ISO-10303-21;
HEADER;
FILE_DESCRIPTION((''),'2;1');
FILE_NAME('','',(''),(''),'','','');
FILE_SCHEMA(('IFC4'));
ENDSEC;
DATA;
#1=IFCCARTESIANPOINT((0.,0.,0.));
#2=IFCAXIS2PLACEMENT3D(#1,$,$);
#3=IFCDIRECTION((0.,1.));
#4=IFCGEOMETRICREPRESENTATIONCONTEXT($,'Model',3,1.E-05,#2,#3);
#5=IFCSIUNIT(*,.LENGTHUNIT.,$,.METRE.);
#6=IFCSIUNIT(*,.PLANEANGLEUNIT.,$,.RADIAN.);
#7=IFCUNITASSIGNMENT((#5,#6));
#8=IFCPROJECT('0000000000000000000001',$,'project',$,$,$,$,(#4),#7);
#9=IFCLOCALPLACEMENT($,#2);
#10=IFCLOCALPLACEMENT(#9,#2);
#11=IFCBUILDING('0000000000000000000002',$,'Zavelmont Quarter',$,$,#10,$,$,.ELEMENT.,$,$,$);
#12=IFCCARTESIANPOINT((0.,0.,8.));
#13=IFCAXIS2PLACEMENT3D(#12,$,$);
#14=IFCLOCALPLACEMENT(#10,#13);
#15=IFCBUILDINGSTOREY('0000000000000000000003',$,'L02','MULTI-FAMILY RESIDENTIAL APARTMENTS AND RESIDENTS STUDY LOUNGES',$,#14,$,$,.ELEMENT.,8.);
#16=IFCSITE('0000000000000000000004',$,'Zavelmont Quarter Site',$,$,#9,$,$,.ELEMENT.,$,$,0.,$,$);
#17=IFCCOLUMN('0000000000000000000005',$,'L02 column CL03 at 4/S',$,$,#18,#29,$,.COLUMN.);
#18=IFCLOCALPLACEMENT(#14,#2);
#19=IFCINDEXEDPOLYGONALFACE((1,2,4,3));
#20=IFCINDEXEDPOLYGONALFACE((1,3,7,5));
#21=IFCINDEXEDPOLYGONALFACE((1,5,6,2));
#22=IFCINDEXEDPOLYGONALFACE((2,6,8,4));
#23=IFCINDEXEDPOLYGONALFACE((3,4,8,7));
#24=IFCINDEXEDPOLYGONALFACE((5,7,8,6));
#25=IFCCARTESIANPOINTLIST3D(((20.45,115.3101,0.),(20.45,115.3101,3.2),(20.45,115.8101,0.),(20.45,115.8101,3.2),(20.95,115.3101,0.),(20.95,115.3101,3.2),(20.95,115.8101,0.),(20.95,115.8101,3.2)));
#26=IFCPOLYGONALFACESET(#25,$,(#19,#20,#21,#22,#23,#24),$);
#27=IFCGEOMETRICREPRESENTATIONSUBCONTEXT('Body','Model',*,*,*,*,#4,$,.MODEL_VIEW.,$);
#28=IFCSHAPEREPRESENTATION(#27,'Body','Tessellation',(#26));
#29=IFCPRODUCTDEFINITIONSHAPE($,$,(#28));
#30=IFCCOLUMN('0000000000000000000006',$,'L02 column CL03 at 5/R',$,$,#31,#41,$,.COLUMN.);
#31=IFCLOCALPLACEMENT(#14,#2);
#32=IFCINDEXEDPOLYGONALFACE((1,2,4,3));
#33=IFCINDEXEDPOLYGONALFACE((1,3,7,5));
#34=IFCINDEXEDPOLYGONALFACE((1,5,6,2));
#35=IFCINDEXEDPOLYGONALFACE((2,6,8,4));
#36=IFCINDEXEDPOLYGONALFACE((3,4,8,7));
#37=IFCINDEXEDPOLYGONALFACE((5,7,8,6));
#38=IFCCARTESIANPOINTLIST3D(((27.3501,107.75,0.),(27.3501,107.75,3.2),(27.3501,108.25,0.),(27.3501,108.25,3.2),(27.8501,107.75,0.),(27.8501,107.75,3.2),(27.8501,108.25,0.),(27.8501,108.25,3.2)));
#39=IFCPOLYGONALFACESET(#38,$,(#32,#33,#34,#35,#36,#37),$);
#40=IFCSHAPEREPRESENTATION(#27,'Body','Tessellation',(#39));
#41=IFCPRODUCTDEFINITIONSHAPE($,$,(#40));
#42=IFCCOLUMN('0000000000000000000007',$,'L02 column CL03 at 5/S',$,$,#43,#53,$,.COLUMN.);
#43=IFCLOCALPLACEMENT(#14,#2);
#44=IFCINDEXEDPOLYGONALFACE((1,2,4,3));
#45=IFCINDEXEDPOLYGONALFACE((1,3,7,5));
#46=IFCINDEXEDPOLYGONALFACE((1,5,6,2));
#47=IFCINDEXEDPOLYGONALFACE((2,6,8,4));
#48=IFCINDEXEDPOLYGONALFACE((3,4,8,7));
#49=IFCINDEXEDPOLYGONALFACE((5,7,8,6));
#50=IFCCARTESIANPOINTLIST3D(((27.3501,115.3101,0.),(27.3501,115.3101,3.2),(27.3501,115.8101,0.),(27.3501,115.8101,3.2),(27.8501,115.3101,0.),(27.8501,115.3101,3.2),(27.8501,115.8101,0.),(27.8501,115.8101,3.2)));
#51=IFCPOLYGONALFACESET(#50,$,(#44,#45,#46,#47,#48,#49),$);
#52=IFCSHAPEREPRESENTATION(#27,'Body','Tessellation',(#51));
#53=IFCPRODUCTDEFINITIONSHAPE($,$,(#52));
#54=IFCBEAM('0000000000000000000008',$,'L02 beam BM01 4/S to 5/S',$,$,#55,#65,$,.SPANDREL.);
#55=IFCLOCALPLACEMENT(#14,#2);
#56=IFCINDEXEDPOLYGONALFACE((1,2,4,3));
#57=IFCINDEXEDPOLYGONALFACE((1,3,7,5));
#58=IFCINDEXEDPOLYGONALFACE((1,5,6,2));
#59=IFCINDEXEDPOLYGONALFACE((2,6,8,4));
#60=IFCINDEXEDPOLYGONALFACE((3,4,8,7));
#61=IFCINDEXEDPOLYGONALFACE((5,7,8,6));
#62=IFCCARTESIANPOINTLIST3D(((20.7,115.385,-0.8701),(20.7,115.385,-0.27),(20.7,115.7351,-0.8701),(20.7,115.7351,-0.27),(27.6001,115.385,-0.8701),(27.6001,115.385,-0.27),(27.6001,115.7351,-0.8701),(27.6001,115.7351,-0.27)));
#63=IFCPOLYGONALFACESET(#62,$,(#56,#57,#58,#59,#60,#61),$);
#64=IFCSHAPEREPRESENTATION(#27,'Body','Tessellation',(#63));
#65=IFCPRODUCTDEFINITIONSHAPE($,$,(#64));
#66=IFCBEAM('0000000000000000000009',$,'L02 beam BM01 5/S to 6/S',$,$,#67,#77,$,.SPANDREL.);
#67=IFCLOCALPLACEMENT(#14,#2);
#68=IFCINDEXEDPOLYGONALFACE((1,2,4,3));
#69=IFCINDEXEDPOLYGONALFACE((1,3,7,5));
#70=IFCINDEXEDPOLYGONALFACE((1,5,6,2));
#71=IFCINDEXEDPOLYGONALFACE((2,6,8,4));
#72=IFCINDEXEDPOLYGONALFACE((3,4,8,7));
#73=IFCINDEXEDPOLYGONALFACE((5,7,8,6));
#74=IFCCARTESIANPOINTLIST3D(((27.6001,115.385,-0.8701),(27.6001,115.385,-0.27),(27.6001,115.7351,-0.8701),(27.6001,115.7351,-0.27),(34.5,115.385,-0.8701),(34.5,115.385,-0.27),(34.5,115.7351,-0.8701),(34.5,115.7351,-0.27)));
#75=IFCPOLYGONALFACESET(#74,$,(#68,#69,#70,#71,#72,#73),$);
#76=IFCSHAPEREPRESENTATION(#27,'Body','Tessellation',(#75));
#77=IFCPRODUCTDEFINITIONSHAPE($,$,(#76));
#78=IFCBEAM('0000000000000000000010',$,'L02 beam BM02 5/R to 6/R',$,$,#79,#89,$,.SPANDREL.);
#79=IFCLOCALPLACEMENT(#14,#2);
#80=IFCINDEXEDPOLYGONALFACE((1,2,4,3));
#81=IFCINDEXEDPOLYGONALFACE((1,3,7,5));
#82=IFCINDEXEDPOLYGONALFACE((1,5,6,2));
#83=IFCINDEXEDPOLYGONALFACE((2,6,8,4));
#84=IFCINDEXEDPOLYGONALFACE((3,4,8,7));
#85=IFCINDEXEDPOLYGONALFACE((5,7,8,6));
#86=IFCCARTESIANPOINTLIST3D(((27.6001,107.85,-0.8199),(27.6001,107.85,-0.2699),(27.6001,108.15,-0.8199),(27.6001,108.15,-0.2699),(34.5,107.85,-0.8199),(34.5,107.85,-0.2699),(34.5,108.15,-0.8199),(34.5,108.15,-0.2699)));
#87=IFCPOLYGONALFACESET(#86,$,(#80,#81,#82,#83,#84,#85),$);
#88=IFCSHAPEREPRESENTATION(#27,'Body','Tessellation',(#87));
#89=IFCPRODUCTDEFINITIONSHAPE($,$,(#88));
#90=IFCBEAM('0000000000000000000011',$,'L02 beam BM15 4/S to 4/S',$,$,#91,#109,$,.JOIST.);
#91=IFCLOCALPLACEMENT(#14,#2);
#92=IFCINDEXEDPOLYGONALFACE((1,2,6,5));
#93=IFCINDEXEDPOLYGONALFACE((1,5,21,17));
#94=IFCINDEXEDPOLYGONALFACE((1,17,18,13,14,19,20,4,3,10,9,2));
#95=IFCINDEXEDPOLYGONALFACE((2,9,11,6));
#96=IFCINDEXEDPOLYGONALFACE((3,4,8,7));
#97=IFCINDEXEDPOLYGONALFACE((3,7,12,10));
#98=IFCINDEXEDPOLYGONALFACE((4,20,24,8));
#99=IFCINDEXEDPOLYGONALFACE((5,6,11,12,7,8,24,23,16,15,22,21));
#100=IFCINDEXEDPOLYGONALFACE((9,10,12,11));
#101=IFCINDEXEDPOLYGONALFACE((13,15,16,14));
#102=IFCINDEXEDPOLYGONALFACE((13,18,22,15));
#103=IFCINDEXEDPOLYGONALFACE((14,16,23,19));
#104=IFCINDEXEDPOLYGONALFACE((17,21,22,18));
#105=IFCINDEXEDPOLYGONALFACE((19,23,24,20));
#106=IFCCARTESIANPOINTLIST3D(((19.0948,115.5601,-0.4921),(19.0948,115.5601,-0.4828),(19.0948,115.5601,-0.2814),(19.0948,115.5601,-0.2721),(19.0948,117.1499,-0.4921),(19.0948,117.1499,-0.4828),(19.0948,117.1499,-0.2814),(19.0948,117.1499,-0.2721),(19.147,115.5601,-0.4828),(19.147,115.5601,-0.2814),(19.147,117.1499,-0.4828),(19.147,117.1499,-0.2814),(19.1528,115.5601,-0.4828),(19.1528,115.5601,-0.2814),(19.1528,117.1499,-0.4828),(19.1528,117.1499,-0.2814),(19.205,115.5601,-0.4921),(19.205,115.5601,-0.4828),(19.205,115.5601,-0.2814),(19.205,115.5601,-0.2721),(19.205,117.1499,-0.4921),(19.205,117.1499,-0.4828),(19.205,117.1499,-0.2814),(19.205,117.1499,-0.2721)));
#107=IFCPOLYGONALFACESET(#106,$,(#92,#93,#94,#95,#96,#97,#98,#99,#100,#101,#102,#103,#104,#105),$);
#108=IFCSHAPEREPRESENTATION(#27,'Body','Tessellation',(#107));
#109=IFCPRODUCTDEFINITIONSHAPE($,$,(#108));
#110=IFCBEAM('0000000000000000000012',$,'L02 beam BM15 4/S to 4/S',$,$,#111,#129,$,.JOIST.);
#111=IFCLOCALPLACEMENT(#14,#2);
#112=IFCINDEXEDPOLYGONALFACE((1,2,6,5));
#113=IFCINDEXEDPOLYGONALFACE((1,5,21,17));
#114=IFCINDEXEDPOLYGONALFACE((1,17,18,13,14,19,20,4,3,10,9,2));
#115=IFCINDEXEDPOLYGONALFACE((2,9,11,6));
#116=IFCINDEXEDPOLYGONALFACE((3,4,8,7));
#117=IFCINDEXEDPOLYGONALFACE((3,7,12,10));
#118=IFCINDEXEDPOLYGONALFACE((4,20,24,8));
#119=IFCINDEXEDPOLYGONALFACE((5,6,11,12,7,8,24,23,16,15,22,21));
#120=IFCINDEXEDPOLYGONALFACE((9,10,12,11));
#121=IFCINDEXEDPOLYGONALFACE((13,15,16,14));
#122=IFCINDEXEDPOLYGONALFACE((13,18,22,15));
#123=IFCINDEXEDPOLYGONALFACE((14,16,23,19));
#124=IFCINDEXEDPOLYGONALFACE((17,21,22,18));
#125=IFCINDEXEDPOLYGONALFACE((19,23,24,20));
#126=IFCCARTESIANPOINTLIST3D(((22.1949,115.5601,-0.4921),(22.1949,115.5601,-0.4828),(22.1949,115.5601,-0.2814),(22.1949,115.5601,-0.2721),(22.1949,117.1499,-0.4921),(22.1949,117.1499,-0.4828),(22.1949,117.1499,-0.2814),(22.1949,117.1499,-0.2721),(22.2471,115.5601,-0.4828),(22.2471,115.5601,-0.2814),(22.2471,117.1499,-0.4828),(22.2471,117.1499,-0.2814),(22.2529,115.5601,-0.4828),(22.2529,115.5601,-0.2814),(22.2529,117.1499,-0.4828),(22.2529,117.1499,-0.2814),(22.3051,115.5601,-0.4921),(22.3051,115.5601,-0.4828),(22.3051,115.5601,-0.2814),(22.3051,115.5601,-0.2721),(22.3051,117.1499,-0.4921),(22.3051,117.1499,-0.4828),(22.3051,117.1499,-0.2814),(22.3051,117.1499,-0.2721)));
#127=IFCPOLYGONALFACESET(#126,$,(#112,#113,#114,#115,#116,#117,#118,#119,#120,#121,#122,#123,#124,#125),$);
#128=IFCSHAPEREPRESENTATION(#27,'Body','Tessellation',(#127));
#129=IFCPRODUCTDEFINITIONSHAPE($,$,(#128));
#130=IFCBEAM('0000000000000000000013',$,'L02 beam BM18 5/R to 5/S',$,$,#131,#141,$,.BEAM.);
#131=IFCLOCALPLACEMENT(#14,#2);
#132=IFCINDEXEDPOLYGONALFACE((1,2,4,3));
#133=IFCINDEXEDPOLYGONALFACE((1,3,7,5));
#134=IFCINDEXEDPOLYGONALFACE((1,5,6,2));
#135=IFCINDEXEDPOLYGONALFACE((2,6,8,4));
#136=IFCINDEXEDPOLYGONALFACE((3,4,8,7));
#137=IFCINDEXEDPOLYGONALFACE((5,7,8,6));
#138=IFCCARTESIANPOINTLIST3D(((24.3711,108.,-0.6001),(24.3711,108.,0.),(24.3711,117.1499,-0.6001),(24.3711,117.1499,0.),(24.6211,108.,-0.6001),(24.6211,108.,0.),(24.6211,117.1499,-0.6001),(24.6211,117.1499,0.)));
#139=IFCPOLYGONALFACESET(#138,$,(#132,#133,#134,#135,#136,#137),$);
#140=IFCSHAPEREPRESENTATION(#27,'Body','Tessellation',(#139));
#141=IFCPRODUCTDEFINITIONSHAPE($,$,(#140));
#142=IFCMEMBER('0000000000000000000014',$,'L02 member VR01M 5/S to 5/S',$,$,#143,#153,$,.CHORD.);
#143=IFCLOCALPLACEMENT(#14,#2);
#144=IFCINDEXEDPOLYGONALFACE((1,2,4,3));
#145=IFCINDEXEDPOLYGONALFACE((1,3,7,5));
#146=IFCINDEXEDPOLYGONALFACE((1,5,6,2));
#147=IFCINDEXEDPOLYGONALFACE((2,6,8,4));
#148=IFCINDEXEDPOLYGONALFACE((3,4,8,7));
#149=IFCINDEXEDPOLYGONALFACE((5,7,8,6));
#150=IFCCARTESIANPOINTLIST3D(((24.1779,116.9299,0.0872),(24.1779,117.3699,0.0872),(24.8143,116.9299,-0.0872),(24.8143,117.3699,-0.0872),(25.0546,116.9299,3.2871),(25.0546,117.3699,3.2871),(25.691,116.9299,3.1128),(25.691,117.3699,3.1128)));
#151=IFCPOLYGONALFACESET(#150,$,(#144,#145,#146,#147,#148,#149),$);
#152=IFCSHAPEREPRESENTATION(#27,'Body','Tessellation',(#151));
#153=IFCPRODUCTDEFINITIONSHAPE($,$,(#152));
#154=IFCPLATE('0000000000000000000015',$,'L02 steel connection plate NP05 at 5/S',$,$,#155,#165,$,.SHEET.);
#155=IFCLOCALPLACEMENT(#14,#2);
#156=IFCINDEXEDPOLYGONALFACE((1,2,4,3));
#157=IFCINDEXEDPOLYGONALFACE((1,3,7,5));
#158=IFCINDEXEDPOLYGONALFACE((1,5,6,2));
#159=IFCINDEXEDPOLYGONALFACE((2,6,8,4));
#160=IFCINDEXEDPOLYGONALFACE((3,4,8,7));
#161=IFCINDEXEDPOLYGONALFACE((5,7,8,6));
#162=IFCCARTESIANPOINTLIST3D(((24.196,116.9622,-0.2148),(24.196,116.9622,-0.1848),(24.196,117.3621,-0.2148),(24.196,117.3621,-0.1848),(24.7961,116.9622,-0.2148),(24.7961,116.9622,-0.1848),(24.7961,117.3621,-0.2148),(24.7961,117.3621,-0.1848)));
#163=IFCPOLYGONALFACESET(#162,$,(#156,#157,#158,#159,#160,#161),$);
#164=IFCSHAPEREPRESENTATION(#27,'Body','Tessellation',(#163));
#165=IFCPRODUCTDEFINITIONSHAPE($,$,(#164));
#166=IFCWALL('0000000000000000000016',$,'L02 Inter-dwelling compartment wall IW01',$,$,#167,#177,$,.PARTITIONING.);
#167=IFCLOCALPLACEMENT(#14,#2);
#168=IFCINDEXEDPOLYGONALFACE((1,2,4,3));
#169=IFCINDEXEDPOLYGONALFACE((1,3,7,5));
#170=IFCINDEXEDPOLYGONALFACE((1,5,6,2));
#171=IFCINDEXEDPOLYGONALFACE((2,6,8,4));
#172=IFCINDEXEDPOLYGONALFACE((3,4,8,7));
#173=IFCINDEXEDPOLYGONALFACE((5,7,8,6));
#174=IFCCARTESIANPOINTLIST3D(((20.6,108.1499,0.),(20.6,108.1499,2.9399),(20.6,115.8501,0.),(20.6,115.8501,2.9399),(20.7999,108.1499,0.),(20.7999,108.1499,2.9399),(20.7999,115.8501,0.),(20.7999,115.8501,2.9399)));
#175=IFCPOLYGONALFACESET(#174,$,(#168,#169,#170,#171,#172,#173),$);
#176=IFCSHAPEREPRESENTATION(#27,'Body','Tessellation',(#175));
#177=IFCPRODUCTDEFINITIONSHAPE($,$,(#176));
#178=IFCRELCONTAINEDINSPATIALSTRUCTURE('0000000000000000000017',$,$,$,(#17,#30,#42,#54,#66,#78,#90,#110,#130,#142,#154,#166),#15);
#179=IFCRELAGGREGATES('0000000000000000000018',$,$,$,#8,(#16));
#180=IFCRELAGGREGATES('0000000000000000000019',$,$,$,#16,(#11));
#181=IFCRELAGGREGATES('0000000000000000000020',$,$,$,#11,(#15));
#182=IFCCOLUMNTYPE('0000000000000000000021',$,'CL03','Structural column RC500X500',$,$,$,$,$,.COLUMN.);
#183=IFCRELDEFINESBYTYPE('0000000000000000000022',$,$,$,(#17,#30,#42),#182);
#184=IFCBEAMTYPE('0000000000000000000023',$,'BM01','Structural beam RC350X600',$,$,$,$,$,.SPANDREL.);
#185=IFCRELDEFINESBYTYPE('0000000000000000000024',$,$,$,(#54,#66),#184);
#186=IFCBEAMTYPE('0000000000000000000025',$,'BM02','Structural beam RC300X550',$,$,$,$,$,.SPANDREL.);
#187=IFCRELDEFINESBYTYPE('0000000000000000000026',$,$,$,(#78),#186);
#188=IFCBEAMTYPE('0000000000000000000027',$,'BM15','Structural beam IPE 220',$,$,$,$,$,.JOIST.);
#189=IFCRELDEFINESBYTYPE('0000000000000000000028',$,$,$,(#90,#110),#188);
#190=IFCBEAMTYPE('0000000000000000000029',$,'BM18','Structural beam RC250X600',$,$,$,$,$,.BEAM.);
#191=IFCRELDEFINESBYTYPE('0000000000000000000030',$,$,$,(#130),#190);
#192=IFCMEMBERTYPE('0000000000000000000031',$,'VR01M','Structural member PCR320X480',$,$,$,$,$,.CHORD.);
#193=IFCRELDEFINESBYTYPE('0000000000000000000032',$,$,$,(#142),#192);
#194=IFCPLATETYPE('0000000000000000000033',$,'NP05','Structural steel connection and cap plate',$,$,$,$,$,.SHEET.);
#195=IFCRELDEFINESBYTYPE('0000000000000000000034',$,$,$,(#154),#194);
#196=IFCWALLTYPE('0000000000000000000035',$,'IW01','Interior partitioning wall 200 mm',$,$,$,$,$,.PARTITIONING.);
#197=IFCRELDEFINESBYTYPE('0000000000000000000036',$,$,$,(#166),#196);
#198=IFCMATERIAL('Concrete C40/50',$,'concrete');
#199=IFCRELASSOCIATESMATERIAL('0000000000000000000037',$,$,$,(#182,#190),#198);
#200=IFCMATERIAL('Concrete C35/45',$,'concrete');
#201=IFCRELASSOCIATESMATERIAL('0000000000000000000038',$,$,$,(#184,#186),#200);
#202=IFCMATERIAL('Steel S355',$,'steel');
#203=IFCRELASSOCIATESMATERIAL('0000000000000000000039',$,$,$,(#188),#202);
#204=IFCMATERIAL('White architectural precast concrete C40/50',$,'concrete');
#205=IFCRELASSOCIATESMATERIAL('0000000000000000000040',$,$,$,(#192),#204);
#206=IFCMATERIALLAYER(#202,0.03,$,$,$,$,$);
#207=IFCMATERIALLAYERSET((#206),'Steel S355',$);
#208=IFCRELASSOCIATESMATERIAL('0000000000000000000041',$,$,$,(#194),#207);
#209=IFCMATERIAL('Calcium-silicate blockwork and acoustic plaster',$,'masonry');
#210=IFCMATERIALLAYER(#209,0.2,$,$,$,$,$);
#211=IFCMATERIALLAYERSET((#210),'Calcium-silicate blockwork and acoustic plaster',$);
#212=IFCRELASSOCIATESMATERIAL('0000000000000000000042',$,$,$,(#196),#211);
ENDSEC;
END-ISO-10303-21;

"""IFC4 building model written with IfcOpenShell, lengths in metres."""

from ifc_helpers import new_model, si_unit, direction, frame, frame_2d, origin, origin_2d, place, context, subcontext, project, spatial, rectangle, i_section, extrude, material, layer, layer_set, material_profile, profile_set, type_object, element, save


model = new_model("IFC4")

# Units and contexts
model_context = context("Model", 3, precision=1e-05, world=origin(), true_north=direction((0.0, 1.0)))
body_context = subcontext(model_context, "Body", "Model", "MODEL_VIEW")
ifc_project = project(units=[si_unit("LENGTHUNIT", "METRE"), si_unit("PLANEANGLEUNIT", "RADIAN")], contexts=[model_context])

# Site, building, storey
site_placement = place(None, origin())
site = spatial("IfcSite", under=ifc_project, at=site_placement, Name="Zavelmont Quarter Site", CompositionType="ELEMENT", RefElevation=0.0)
building_placement = place(site_placement, origin())
building = spatial("IfcBuilding", under=site, at=building_placement, Name="Zavelmont Quarter", CompositionType="ELEMENT")
storey_placement = place(building_placement, frame((0.0, 0.0, 8.0)))
storey = spatial("IfcBuildingStorey", under=building, at=storey_placement, Name="L02", Description="MULTI-FAMILY RESIDENTIAL APARTMENTS AND RESIDENTS STUDY LOUNGES", CompositionType="ELEMENT", Elevation=8.0)

# Columns
ifc_material_1 = material(Name="Concrete C40/50", Category="concrete")
ifc_material_profile_1 = material_profile(ifc_material_1, rectangle(XDim=0.5, YDim=0.5, at=origin_2d()), Name="RC500X500")
ifc_profile_set_1 = profile_set([ifc_material_profile_1], Name="Concrete C40/50")
column_type = type_object("IfcColumnType", Name="CL03", Description="Structural column RC500X500", PredefinedType="COLUMN", material=ifc_profile_set_1)
for number, where, z_axis, x_axis, name in (
    (1, (20.7, 115.5601, 0.0), (0.0, 0.0, 1.0), (1.0, 0.0, 0.0), "L02 column CL03 at 4/S"),
    (2, (27.6001, 108.0, 0.0), (0.0, 0.0, 1.0), (1.0, 0.0, 0.0), "L02 column CL03 at 5/R"),
    (3, (27.6001, 115.5601, 0.0), (0.0, 0.0, 1.0), (1.0, 0.0, 0.0), "L02 column CL03 at 5/S"),
):
    element("IfcColumn", number, at=place(storey_placement, frame(where, z_axis=z_axis, x_axis=x_axis)), inside=storey, type_object=column_type, Name=name, PredefinedType="COLUMN", context=body_context, shape_type="SweptSolid", body=[
        extrude(rectangle(XDim=0.5, YDim=0.5, at=origin_2d()), origin(), (0.0, 0.0, 1.0), 3.2),
    ])

# Beams
ifc_material_2 = material(Name="Concrete C35/45", Category="concrete")
ifc_material_profile_2 = material_profile(ifc_material_2, rectangle(XDim=0.3501, YDim=0.6001, at=origin_2d()), Name="RC350X600")
ifc_profile_set_2 = profile_set([ifc_material_profile_2], Name="Concrete C35/45")
beam_type_1 = type_object("IfcBeamType", Name="BM01", Description="Structural beam RC350X600", PredefinedType="SPANDREL", material=ifc_profile_set_2)
beam_1_placement = place(storey_placement, frame((20.7, 115.5601, -0.5701), z_axis=(1.0, 0.0, 0.0), x_axis=(0.0, 1.0, 0.0)))
element("IfcBeam", 4, at=beam_1_placement, inside=storey, type_object=beam_type_1, Name="L02 beam BM01 4/S to 5/S", PredefinedType="SPANDREL", context=body_context, shape_type="SweptSolid", body=[
    extrude(rectangle(XDim=0.3501, YDim=0.6001, at=origin_2d()), origin(), (0.0, 0.0, 1.0), 6.9001),
])
beam_2_placement = place(storey_placement, frame((27.6001, 115.5601, -0.5701), z_axis=(1.0, 0.0, 0.0), x_axis=(0.0, 1.0, 0.0)))
element("IfcBeam", 5, at=beam_2_placement, inside=storey, type_object=beam_type_1, Name="L02 beam BM01 5/S to 6/S", PredefinedType="SPANDREL", context=body_context, shape_type="SweptSolid", body=[
    extrude(rectangle(XDim=0.3501, YDim=0.6001, at=origin_2d()), origin(), (0.0, 0.0, 1.0), 6.8999),
])
ifc_material_profile_3 = material_profile(ifc_material_2, rectangle(XDim=0.3, YDim=0.55, at=origin_2d()), Name="RC300X550")
ifc_profile_set_3 = profile_set([ifc_material_profile_3], Name="Concrete C35/45")
beam_type_2 = type_object("IfcBeamType", Name="BM02", Description="Structural beam RC300X550", PredefinedType="SPANDREL", material=ifc_profile_set_3)
beam_3_placement = place(storey_placement, frame((27.6001, 108.0, -0.5449), z_axis=(1.0, 0.0, 0.0), x_axis=(0.0, 1.0, 0.0)))
element("IfcBeam", 6, at=beam_3_placement, inside=storey, type_object=beam_type_2, Name="L02 beam BM02 5/R to 6/R", PredefinedType="SPANDREL", context=body_context, shape_type="SweptSolid", body=[
    extrude(rectangle(XDim=0.3, YDim=0.55, at=origin_2d()), origin(), (0.0, 0.0, 1.0), 6.8999),
])
ifc_material_3 = material(Name="Steel S355", Category="steel")
ifc_material_profile_4 = material_profile(ifc_material_3, i_section(OverallWidth=0.1101, OverallDepth=0.22, WebThickness=0.0059, FlangeThickness=0.0093, at=origin_2d()), Name="IPE 220")
ifc_profile_set_4 = profile_set([ifc_material_profile_4], Name="Steel S355")
beam_type_3 = type_object("IfcBeamType", Name="BM15", Description="Structural beam IPE 220", PredefinedType="JOIST", material=ifc_profile_set_4)
for number, where, z_axis, x_axis, name in (
    (7, (19.1499, 115.5601, -0.3821), (0.0, 1.0, 0.0), (-1.0, 0.0, 0.0), "L02 beam BM15 4/S to 4/S"),
    (8, (22.25, 115.5601, -0.3821), (0.0, 1.0, 0.0), (-1.0, 0.0, 0.0), "L02 beam BM15 4/S to 4/S"),
):
    element("IfcBeam", number, at=place(storey_placement, frame(where, z_axis=z_axis, x_axis=x_axis)), inside=storey, type_object=beam_type_3, Name=name, PredefinedType="JOIST", context=body_context, shape_type="SweptSolid", body=[
        extrude(i_section(OverallWidth=0.1101, OverallDepth=0.22, WebThickness=0.0059, FlangeThickness=0.0093, at=origin_2d()), origin(), (0.0, 0.0, 1.0), 1.5898),
    ])
ifc_material_profile_5 = material_profile(ifc_material_1, rectangle(XDim=0.25, YDim=0.6001, at=origin_2d()), Name="RC250X600")
ifc_profile_set_5 = profile_set([ifc_material_profile_5], Name="Concrete C40/50")
beam_type_4 = type_object("IfcBeamType", Name="BM18", Description="Structural beam RC250X600", PredefinedType="BEAM", material=ifc_profile_set_5)
beam_4_placement = place(storey_placement, frame((24.4961, 108.0, -0.3), z_axis=(0.0, 1.0, 0.0), x_axis=(-1.0, 0.0, 0.0)))
element("IfcBeam", 9, at=beam_4_placement, inside=storey, type_object=beam_type_4, Name="L02 beam BM18 5/R to 5/S", PredefinedType="BEAM", context=body_context, shape_type="SweptSolid", body=[
    extrude(rectangle(XDim=0.25, YDim=0.6001, at=origin_2d()), origin(), (0.0, 0.0, 1.0), 9.1499),
])

# Member
ifc_material_4 = material(Name="White architectural precast concrete C40/50", Category="concrete")
ifc_material_profile_6 = material_profile(ifc_material_4, rectangle(XDim=0.4399, YDim=0.6599, at=origin_2d()), Name="PCR320X480")
ifc_profile_set_6 = profile_set([ifc_material_profile_6], Name="White architectural precast concrete C40/50")
member_type = type_object("IfcMemberType", Name="VR01M", Description="Structural member PCR320X480", PredefinedType="CHORD", material=ifc_profile_set_6)
member_placement = place(storey_placement, frame((24.4961, 117.1499, 0.0), z_axis=(0.264238, 0.0, 0.964458), x_axis=(0.0, 1.0, 0.0)))
element("IfcMember", 10, at=member_placement, inside=storey, type_object=member_type, Name="L02 member VR01M 5/S to 5/S", PredefinedType="CHORD", context=body_context, shape_type="SweptSolid", body=[
    extrude(rectangle(XDim=0.4399, YDim=0.6599, at=origin_2d()), origin(), (0.0, 0.0, 1.0), 3.3179),
])

# Plate
ifc_layer_1 = layer(ifc_material_3, 0.03)
ifc_layer_set_1 = layer_set([ifc_layer_1], Name="Steel S355")
plate_type = type_object("IfcPlateType", Name="NP05", Description="Structural steel connection and cap plate", PredefinedType="SHEET", material=ifc_layer_set_1)
plate_placement = place(storey_placement, frame((24.4961, 117.1621, -0.2148), z_axis=(0.0, 0.0, 1.0), x_axis=(1.0, 0.0, 0.0)))
element("IfcPlate", 11, at=plate_placement, inside=storey, type_object=plate_type, Name="L02 steel connection plate NP05 at 5/S", PredefinedType="SHEET", context=body_context, shape_type="SweptSolid", body=[
    extrude(rectangle(XDim=0.6001, YDim=0.3999, at=origin_2d()), origin(), (0.0, 0.0, 1.0), 0.03),
])

# Wall
ifc_material_5 = material(Name="Calcium-silicate blockwork and acoustic plaster", Category="masonry")
ifc_layer_2 = layer(ifc_material_5, 0.2)
ifc_layer_set_2 = layer_set([ifc_layer_2], Name="Calcium-silicate blockwork and acoustic plaster")
wall_type_1 = type_object("IfcWallType", Name="IW01", Description="Interior partitioning wall 200 mm", PredefinedType="PARTITIONING", material=ifc_layer_set_2)
wall_1_placement = place(storey_placement, frame((20.7, 108.1499, 0.0), z_axis=(0.0, 0.0, 1.0), x_axis=(0.0, 1.0, 0.0)))
element("IfcWall", 12, at=wall_1_placement, inside=storey, type_object=wall_type_1, Name="L02 Inter-dwelling compartment wall IW01", PredefinedType="PARTITIONING", context=body_context, shape_type="SweptSolid", body=[
    extrude(rectangle(XDim=7.7002, YDim=0.2, at=frame_2d((3.8501, 0.0))), origin(), (0.0, 0.0, 1.0), 2.9399),
])

save(model, "model.ifc")
